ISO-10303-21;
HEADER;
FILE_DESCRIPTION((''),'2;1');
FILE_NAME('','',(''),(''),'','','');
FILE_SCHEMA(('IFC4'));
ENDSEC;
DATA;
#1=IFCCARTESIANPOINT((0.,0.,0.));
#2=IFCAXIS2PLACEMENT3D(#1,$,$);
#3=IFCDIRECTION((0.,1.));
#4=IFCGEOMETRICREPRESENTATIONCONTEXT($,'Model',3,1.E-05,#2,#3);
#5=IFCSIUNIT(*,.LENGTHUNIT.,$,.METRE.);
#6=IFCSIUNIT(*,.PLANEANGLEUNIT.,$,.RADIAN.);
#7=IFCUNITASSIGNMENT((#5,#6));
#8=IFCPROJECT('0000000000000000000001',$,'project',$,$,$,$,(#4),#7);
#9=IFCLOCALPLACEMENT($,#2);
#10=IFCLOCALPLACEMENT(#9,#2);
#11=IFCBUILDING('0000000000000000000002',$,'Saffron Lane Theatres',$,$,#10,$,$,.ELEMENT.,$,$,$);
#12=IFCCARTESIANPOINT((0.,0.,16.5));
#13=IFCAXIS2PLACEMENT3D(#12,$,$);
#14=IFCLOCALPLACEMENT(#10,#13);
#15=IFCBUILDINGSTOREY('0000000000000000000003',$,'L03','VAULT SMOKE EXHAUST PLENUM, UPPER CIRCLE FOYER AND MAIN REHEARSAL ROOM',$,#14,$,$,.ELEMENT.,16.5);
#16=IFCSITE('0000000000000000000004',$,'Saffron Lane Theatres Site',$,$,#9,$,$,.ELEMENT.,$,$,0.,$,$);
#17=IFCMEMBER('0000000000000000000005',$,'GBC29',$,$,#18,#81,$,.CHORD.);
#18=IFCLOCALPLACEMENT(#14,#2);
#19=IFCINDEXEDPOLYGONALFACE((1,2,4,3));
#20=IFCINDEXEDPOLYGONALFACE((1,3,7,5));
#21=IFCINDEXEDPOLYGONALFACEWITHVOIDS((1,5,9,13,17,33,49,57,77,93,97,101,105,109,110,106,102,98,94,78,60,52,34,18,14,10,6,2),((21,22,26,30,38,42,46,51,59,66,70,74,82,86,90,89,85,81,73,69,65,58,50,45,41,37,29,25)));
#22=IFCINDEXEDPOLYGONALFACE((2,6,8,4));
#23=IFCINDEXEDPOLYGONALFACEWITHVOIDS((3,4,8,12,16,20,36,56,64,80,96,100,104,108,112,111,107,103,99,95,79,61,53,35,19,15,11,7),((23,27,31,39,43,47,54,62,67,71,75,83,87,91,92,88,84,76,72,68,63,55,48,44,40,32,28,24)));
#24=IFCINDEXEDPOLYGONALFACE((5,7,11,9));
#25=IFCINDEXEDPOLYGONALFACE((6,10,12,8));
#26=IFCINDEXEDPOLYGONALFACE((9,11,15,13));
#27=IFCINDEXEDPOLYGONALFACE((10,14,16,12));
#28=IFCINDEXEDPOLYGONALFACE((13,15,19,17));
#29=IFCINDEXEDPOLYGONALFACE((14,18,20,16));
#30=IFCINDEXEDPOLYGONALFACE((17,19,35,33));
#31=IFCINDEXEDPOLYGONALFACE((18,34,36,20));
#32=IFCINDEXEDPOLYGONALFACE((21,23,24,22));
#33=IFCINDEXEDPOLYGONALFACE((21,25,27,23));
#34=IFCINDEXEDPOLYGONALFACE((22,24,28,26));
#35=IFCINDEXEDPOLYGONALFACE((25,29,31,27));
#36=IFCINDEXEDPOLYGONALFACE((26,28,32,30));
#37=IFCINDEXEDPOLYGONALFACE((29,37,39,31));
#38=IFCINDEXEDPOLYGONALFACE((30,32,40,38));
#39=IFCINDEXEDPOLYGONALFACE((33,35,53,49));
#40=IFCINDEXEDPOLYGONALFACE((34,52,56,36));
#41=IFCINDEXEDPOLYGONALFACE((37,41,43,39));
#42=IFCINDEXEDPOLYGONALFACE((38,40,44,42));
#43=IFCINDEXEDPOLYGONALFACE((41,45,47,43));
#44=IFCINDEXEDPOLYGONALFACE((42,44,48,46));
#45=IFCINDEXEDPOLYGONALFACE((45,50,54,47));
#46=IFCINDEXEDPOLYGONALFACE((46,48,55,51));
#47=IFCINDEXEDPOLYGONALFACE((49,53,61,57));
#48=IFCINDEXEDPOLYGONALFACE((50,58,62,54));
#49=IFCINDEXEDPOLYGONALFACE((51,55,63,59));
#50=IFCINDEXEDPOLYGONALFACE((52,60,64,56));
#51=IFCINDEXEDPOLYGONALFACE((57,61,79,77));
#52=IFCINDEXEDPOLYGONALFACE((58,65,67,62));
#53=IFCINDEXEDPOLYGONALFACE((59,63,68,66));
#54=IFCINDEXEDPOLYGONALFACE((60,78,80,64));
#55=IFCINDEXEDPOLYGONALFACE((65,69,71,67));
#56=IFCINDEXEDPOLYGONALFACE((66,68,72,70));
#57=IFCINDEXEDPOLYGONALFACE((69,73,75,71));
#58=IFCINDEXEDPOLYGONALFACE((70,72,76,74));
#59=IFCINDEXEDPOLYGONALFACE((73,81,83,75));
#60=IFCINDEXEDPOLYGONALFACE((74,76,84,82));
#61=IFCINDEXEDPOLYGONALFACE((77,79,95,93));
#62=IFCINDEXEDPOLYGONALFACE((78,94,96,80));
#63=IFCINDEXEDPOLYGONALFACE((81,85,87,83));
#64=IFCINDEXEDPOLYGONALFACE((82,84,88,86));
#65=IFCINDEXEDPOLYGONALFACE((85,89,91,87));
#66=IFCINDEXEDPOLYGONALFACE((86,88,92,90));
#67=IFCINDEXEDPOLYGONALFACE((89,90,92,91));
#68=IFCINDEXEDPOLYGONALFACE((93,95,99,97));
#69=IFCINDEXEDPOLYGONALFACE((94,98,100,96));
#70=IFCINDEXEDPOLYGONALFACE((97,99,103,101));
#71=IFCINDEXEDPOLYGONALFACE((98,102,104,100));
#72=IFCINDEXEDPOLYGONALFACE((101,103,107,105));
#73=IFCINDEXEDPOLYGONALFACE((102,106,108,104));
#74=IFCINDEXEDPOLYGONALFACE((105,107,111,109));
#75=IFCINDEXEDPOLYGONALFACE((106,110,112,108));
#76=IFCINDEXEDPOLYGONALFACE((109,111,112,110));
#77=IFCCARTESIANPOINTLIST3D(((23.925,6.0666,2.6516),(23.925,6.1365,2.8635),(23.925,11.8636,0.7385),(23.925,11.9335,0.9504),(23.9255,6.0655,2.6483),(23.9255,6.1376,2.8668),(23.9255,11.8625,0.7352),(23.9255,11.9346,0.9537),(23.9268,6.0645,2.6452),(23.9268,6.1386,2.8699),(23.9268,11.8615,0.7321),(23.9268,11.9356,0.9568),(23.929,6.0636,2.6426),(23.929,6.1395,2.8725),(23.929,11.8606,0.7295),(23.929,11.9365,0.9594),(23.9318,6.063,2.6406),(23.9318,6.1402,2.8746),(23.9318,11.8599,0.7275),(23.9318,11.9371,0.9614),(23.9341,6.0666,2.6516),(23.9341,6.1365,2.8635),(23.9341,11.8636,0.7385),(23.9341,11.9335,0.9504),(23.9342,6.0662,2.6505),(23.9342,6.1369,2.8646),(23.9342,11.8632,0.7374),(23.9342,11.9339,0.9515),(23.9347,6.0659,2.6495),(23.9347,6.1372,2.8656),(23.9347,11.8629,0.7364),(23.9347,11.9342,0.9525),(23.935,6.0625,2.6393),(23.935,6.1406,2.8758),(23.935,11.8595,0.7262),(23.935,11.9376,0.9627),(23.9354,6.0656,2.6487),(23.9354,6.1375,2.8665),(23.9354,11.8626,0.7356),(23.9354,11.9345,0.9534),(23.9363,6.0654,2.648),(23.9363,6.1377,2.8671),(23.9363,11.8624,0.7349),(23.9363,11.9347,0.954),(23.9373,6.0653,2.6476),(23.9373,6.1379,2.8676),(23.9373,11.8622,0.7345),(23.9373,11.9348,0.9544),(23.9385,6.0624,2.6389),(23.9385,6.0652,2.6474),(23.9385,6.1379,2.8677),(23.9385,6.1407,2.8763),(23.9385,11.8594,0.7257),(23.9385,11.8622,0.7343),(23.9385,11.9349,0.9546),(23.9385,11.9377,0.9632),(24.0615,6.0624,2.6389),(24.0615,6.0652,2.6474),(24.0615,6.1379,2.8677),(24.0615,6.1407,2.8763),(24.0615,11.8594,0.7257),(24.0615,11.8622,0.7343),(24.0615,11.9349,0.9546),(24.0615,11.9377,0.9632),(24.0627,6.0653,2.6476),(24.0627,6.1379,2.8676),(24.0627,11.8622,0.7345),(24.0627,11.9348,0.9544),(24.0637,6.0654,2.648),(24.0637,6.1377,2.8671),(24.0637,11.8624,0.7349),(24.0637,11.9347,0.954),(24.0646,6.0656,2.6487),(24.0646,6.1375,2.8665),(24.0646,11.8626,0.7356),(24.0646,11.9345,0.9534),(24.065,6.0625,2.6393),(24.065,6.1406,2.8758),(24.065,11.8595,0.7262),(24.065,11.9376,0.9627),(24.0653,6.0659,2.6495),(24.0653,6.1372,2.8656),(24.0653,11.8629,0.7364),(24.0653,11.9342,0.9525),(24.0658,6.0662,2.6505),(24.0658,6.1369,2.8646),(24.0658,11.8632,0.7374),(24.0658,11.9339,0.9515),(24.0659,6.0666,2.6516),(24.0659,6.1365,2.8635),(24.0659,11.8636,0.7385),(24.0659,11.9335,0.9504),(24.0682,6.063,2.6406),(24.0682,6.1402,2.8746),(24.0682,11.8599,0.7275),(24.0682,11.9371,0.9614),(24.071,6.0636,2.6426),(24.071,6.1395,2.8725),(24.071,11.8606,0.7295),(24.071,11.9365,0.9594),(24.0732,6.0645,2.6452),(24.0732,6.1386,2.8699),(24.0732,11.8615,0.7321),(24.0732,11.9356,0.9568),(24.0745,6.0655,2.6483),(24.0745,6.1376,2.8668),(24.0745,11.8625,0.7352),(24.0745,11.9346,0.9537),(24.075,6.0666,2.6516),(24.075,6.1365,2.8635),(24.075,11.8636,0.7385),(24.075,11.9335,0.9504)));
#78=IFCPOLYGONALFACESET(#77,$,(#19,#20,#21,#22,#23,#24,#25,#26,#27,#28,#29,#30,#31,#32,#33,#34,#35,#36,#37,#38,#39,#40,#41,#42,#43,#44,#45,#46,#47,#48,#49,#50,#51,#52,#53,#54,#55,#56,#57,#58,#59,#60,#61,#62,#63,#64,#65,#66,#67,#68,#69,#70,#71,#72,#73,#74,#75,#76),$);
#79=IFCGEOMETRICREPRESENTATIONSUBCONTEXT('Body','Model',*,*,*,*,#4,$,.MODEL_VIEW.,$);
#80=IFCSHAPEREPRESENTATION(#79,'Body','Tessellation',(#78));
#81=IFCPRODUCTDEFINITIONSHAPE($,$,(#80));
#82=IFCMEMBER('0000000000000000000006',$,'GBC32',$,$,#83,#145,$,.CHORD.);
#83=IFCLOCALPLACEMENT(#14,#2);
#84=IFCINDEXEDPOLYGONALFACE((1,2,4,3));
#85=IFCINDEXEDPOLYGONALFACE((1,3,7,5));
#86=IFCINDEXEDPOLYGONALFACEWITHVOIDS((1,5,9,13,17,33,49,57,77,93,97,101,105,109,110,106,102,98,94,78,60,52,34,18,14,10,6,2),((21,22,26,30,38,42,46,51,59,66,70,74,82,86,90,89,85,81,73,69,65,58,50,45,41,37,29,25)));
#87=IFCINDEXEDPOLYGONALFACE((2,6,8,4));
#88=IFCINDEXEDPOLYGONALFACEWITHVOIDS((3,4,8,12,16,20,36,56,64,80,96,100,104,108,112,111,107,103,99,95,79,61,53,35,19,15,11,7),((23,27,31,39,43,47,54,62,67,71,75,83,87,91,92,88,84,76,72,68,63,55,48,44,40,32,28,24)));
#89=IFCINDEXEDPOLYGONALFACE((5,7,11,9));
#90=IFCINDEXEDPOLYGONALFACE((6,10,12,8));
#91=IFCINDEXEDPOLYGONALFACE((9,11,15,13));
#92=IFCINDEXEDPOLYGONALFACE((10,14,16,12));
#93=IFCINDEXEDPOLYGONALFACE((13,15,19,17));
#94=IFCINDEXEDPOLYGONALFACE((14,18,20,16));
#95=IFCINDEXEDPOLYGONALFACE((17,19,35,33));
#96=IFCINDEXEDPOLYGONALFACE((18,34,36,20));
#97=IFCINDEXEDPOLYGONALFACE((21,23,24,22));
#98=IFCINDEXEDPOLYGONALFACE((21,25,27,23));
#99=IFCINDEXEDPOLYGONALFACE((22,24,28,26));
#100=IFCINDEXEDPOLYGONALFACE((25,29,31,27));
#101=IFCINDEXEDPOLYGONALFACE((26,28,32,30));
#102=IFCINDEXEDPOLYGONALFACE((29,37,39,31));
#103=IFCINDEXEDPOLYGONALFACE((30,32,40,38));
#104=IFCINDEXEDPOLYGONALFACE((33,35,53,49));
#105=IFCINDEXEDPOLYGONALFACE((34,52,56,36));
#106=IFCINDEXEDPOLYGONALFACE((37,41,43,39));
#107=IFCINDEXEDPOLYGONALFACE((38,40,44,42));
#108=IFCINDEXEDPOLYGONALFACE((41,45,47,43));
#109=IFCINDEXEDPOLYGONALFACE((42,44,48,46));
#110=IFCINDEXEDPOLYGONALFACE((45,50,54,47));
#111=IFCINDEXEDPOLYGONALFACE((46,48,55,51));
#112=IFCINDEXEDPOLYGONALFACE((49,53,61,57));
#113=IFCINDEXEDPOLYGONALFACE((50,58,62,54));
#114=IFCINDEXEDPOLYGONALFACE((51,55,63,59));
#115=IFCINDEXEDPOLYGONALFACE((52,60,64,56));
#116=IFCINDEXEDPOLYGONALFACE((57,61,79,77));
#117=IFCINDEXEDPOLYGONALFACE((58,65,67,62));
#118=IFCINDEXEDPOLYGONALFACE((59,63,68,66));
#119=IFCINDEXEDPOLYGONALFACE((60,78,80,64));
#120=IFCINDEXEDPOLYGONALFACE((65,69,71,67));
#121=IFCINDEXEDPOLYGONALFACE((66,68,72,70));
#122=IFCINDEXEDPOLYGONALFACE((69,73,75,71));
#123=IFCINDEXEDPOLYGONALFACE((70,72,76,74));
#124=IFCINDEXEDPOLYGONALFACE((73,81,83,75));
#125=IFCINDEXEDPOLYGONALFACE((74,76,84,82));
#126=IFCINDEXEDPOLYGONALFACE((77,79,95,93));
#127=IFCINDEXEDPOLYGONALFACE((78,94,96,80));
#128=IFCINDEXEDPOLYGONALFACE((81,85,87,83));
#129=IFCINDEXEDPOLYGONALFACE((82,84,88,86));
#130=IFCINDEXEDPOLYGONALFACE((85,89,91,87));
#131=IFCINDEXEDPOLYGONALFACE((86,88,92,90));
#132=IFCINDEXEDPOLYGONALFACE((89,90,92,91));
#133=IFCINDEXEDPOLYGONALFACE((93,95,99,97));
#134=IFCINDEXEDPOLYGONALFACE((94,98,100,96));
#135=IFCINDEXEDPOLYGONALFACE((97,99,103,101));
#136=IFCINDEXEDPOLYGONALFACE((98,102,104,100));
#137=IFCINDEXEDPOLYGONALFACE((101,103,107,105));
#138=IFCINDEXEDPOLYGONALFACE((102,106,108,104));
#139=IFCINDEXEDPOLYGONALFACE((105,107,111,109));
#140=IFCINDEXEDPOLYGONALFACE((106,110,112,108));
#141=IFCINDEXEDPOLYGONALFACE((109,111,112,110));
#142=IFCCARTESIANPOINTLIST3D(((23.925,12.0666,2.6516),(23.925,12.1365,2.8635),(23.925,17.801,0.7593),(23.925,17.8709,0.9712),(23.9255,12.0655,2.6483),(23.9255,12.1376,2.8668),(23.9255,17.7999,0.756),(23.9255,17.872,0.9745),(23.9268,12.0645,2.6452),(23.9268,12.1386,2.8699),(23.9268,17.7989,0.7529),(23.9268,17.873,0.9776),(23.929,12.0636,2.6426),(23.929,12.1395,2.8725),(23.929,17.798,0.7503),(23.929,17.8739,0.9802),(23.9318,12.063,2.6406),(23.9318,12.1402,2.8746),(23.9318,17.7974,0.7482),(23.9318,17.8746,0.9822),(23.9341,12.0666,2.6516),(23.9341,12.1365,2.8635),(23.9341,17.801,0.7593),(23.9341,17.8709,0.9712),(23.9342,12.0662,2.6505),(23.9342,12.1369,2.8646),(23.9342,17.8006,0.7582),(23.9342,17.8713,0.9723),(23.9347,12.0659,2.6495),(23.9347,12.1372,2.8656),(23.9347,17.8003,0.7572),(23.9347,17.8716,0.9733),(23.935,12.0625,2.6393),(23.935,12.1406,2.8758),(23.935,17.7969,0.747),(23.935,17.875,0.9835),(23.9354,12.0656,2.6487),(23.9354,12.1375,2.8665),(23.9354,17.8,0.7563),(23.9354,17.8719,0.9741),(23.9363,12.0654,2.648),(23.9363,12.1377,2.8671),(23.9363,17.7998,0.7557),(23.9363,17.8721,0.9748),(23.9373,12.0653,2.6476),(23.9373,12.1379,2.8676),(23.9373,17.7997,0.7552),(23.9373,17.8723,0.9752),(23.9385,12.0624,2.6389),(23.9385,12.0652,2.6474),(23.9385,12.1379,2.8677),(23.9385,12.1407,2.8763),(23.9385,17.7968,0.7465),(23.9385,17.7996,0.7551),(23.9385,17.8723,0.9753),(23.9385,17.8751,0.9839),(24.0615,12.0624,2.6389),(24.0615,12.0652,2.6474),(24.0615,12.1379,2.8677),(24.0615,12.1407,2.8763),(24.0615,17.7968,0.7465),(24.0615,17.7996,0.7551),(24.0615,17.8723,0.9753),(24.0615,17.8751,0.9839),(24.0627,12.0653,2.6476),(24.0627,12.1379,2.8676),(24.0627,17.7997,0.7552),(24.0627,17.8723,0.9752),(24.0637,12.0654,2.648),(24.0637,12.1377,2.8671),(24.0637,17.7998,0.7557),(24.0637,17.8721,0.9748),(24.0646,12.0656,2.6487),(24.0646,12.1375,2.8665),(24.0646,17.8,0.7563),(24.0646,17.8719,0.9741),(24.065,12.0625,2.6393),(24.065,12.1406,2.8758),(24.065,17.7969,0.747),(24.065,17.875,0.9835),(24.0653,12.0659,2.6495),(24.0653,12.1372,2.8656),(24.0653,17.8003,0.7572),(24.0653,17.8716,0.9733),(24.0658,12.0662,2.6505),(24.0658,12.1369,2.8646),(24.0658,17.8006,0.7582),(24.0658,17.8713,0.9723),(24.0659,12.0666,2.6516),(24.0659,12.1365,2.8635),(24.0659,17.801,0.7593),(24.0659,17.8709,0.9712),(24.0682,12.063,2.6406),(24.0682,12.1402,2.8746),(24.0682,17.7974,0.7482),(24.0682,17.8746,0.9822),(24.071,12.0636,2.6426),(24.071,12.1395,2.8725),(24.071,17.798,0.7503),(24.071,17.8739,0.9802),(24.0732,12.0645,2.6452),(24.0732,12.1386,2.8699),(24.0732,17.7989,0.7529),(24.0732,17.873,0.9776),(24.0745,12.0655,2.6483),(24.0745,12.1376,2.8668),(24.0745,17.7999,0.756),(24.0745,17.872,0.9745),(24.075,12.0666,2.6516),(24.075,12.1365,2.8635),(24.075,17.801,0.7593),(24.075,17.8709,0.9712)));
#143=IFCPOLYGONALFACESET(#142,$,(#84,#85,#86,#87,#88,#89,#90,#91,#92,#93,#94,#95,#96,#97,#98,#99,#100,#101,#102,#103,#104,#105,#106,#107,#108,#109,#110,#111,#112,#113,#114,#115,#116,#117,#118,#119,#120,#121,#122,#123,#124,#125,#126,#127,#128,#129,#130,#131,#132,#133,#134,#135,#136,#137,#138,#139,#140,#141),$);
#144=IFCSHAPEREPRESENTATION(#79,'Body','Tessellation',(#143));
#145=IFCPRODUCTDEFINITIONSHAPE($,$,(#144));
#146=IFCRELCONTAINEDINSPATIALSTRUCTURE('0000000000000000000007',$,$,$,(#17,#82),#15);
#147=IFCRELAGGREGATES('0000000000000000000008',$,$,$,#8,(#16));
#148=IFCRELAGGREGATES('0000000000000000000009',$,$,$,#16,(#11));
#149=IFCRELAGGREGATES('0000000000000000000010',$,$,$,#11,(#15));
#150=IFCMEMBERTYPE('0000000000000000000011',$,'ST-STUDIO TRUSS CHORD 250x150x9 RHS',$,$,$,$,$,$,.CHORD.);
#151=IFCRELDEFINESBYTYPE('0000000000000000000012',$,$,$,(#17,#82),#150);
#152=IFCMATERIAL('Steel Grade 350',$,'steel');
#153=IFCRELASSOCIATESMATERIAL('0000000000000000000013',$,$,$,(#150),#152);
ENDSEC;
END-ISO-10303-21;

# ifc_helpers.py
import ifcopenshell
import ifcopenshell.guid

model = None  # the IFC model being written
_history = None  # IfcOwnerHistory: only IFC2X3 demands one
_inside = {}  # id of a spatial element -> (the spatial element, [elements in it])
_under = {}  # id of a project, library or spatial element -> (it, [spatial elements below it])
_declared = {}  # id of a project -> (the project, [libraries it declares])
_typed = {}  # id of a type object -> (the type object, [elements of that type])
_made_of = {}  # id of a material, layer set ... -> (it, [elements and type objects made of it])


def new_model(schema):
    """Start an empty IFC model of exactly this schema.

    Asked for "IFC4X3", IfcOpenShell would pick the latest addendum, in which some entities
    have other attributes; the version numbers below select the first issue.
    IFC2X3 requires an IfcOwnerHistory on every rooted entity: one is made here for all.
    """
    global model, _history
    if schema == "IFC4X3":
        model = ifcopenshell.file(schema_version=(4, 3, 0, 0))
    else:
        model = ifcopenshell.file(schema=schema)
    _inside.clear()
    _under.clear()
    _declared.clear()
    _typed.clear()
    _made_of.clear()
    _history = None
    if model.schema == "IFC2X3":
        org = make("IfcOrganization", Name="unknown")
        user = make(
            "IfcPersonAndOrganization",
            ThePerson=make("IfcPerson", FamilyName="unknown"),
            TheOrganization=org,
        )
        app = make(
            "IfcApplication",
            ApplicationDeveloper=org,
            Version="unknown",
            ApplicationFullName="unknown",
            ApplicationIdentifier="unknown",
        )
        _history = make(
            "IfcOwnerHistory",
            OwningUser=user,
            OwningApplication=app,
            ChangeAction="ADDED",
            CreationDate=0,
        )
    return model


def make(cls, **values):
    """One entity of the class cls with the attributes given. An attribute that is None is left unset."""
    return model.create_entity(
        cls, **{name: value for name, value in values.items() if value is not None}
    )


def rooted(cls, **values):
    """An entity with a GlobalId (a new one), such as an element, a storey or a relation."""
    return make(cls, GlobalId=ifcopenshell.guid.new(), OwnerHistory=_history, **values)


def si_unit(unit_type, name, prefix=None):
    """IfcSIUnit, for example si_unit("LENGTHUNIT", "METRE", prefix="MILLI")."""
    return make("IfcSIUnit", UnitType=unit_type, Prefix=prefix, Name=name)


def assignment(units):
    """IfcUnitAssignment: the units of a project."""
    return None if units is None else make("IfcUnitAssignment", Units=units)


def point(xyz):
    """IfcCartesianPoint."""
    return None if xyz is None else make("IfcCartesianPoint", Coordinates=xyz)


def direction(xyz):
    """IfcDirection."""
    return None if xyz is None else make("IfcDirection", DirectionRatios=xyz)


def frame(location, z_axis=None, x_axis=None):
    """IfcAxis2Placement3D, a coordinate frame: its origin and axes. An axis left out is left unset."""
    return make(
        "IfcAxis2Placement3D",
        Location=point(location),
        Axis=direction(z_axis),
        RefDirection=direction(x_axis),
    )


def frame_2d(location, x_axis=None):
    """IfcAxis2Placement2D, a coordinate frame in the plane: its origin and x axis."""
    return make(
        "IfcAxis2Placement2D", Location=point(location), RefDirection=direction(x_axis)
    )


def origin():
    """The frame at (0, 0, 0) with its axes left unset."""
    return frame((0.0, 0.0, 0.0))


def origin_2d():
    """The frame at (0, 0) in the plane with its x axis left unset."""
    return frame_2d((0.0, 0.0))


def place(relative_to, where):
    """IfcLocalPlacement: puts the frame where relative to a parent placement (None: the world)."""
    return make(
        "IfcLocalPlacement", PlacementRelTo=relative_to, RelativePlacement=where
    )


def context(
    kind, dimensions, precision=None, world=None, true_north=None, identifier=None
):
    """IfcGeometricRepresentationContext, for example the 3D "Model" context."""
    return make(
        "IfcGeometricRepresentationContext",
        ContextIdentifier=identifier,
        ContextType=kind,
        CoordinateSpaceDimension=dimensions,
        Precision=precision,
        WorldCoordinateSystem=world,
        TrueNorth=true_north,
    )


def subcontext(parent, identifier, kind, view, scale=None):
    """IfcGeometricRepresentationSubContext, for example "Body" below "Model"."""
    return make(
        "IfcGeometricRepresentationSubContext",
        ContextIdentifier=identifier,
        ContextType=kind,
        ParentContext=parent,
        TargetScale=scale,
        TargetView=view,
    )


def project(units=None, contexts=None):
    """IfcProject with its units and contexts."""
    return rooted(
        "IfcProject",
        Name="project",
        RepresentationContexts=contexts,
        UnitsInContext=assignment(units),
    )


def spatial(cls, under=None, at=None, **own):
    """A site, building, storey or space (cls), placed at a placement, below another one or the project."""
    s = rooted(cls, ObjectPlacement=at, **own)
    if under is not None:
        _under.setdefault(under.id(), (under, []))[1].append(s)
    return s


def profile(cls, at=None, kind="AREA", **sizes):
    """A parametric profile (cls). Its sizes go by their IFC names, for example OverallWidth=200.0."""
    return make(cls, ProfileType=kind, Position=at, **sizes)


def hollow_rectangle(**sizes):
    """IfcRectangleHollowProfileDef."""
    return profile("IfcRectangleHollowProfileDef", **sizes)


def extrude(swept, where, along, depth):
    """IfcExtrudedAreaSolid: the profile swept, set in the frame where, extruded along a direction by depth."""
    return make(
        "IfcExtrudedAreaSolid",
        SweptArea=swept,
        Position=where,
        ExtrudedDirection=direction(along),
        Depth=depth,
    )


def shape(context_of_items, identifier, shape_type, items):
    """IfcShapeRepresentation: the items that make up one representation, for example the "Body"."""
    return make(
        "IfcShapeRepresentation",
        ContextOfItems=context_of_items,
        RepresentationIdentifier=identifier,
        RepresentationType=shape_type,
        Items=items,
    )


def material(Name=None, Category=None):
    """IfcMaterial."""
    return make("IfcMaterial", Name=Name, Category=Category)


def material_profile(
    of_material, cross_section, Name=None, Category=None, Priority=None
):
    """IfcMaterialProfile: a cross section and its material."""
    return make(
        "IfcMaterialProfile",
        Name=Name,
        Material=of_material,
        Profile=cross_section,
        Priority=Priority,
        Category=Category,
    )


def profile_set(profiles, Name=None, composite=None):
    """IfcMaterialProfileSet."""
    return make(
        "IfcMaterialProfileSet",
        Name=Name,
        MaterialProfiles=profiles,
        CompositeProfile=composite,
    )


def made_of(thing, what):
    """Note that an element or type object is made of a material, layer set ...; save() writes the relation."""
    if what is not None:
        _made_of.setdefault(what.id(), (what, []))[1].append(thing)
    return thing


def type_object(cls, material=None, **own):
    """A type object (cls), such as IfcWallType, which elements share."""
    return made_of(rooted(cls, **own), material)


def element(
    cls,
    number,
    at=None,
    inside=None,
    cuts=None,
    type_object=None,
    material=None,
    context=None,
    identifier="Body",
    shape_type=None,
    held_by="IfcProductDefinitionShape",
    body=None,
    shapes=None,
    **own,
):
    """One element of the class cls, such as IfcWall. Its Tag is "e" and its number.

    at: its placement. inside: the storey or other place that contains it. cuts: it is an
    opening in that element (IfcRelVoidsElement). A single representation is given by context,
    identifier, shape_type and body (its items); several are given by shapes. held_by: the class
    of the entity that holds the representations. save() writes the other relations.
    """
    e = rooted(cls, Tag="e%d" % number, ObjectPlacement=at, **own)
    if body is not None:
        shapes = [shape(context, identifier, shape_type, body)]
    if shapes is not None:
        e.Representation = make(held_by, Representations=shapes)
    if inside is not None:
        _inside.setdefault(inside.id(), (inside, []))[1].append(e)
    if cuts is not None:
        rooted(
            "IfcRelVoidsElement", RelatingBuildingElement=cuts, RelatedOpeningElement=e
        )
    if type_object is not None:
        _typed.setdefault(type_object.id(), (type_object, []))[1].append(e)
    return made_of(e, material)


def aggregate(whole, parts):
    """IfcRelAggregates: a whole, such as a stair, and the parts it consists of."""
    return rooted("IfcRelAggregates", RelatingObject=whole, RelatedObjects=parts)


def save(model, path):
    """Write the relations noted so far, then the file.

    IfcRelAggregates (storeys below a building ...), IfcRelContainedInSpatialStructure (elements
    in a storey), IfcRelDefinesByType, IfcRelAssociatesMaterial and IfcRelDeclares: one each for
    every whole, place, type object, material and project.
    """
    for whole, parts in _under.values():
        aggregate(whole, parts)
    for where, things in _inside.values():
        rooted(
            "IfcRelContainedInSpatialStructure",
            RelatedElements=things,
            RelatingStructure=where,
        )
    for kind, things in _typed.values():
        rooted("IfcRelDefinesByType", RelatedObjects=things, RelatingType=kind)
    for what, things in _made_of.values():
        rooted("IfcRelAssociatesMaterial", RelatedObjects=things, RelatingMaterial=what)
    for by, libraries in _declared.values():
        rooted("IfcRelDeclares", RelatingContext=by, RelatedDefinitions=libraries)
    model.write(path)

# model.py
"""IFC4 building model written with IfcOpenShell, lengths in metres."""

from ifc_helpers import new_model, si_unit, direction, frame, origin, origin_2d, place, context, subcontext, project, spatial, hollow_rectangle, extrude, material, material_profile, profile_set, type_object, element, save


model = new_model("IFC4")

# Units and contexts
model_context = context("Model", 3, precision=1e-05, world=origin(), true_north=direction((0.0, 1.0)))
body_context = subcontext(model_context, "Body", "Model", "MODEL_VIEW")
ifc_project = project(units=[si_unit("LENGTHUNIT", "METRE"), si_unit("PLANEANGLEUNIT", "RADIAN")], contexts=[model_context])

# Site, building, storey
site_placement = place(None, origin())
site = spatial("IfcSite", under=ifc_project, at=site_placement, Name="Saffron Lane Theatres Site", CompositionType="ELEMENT", RefElevation=0.0)
building_placement = place(site_placement, origin())
building = spatial("IfcBuilding", under=site, at=building_placement, Name="Saffron Lane Theatres", CompositionType="ELEMENT")
storey_placement = place(building_placement, frame((0.0, 0.0, 16.5)))
storey = spatial("IfcBuildingStorey", under=building, at=storey_placement, Name="L03", Description="VAULT SMOKE EXHAUST PLENUM, UPPER CIRCLE FOYER AND MAIN REHEARSAL ROOM", CompositionType="ELEMENT", Elevation=16.5)

# Members
ifc_material_1 = material(Name="Steel Grade 350", Category="steel")
ifc_material_profile_1 = material_profile(ifc_material_1, hollow_rectangle(XDim=0.1499, YDim=0.25, WallThickness=0.009, InnerFilletRadius=0.0044, OuterFilletRadius=0.0134, at=origin_2d()))
ifc_profile_set_1 = profile_set([ifc_material_profile_1], Name="Steel Grade 350")
member_type_1 = type_object("IfcMemberType", Name="ST-STUDIO TRUSS CHORD 250x150x9 RHS", PredefinedType="CHORD", material=ifc_profile_set_1)
member_1_placement = place(storey_placement, frame((24.0, 6.1016, 2.7576), z_axis=(0.0, 0.949623, -0.313395), x_axis=(-1.0, 0.0, 0.0)))
element("IfcMember", 1, at=member_1_placement, inside=storey, type_object=member_type_1, Name="GBC29", PredefinedType="CHORD", context=body_context, shape_type="SweptSolid", body=[
    extrude(hollow_rectangle(XDim=0.1499, YDim=0.25, WallThickness=0.009, InnerFilletRadius=0.0044, OuterFilletRadius=0.0134, at=origin_2d()), origin(), (0.0, 0.0, 1.0), 6.1045),
])
member_2_placement = place(storey_placement, frame((24.0, 12.1016, 2.7576), z_axis=(0.0, 0.949629, -0.313376), x_axis=(-1.0, 0.0, 0.0)))
element("IfcMember", 2, at=member_2_placement, inside=storey, type_object=member_type_1, Name="GBC32", PredefinedType="CHORD", context=body_context, shape_type="SweptSolid", body=[
    extrude(hollow_rectangle(XDim=0.1499, YDim=0.25, WallThickness=0.009, InnerFilletRadius=0.0044, OuterFilletRadius=0.0134, at=origin_2d()), origin(), (0.0, 0.0, 1.0), 6.0386),
])

save(model, "model.ifc")
